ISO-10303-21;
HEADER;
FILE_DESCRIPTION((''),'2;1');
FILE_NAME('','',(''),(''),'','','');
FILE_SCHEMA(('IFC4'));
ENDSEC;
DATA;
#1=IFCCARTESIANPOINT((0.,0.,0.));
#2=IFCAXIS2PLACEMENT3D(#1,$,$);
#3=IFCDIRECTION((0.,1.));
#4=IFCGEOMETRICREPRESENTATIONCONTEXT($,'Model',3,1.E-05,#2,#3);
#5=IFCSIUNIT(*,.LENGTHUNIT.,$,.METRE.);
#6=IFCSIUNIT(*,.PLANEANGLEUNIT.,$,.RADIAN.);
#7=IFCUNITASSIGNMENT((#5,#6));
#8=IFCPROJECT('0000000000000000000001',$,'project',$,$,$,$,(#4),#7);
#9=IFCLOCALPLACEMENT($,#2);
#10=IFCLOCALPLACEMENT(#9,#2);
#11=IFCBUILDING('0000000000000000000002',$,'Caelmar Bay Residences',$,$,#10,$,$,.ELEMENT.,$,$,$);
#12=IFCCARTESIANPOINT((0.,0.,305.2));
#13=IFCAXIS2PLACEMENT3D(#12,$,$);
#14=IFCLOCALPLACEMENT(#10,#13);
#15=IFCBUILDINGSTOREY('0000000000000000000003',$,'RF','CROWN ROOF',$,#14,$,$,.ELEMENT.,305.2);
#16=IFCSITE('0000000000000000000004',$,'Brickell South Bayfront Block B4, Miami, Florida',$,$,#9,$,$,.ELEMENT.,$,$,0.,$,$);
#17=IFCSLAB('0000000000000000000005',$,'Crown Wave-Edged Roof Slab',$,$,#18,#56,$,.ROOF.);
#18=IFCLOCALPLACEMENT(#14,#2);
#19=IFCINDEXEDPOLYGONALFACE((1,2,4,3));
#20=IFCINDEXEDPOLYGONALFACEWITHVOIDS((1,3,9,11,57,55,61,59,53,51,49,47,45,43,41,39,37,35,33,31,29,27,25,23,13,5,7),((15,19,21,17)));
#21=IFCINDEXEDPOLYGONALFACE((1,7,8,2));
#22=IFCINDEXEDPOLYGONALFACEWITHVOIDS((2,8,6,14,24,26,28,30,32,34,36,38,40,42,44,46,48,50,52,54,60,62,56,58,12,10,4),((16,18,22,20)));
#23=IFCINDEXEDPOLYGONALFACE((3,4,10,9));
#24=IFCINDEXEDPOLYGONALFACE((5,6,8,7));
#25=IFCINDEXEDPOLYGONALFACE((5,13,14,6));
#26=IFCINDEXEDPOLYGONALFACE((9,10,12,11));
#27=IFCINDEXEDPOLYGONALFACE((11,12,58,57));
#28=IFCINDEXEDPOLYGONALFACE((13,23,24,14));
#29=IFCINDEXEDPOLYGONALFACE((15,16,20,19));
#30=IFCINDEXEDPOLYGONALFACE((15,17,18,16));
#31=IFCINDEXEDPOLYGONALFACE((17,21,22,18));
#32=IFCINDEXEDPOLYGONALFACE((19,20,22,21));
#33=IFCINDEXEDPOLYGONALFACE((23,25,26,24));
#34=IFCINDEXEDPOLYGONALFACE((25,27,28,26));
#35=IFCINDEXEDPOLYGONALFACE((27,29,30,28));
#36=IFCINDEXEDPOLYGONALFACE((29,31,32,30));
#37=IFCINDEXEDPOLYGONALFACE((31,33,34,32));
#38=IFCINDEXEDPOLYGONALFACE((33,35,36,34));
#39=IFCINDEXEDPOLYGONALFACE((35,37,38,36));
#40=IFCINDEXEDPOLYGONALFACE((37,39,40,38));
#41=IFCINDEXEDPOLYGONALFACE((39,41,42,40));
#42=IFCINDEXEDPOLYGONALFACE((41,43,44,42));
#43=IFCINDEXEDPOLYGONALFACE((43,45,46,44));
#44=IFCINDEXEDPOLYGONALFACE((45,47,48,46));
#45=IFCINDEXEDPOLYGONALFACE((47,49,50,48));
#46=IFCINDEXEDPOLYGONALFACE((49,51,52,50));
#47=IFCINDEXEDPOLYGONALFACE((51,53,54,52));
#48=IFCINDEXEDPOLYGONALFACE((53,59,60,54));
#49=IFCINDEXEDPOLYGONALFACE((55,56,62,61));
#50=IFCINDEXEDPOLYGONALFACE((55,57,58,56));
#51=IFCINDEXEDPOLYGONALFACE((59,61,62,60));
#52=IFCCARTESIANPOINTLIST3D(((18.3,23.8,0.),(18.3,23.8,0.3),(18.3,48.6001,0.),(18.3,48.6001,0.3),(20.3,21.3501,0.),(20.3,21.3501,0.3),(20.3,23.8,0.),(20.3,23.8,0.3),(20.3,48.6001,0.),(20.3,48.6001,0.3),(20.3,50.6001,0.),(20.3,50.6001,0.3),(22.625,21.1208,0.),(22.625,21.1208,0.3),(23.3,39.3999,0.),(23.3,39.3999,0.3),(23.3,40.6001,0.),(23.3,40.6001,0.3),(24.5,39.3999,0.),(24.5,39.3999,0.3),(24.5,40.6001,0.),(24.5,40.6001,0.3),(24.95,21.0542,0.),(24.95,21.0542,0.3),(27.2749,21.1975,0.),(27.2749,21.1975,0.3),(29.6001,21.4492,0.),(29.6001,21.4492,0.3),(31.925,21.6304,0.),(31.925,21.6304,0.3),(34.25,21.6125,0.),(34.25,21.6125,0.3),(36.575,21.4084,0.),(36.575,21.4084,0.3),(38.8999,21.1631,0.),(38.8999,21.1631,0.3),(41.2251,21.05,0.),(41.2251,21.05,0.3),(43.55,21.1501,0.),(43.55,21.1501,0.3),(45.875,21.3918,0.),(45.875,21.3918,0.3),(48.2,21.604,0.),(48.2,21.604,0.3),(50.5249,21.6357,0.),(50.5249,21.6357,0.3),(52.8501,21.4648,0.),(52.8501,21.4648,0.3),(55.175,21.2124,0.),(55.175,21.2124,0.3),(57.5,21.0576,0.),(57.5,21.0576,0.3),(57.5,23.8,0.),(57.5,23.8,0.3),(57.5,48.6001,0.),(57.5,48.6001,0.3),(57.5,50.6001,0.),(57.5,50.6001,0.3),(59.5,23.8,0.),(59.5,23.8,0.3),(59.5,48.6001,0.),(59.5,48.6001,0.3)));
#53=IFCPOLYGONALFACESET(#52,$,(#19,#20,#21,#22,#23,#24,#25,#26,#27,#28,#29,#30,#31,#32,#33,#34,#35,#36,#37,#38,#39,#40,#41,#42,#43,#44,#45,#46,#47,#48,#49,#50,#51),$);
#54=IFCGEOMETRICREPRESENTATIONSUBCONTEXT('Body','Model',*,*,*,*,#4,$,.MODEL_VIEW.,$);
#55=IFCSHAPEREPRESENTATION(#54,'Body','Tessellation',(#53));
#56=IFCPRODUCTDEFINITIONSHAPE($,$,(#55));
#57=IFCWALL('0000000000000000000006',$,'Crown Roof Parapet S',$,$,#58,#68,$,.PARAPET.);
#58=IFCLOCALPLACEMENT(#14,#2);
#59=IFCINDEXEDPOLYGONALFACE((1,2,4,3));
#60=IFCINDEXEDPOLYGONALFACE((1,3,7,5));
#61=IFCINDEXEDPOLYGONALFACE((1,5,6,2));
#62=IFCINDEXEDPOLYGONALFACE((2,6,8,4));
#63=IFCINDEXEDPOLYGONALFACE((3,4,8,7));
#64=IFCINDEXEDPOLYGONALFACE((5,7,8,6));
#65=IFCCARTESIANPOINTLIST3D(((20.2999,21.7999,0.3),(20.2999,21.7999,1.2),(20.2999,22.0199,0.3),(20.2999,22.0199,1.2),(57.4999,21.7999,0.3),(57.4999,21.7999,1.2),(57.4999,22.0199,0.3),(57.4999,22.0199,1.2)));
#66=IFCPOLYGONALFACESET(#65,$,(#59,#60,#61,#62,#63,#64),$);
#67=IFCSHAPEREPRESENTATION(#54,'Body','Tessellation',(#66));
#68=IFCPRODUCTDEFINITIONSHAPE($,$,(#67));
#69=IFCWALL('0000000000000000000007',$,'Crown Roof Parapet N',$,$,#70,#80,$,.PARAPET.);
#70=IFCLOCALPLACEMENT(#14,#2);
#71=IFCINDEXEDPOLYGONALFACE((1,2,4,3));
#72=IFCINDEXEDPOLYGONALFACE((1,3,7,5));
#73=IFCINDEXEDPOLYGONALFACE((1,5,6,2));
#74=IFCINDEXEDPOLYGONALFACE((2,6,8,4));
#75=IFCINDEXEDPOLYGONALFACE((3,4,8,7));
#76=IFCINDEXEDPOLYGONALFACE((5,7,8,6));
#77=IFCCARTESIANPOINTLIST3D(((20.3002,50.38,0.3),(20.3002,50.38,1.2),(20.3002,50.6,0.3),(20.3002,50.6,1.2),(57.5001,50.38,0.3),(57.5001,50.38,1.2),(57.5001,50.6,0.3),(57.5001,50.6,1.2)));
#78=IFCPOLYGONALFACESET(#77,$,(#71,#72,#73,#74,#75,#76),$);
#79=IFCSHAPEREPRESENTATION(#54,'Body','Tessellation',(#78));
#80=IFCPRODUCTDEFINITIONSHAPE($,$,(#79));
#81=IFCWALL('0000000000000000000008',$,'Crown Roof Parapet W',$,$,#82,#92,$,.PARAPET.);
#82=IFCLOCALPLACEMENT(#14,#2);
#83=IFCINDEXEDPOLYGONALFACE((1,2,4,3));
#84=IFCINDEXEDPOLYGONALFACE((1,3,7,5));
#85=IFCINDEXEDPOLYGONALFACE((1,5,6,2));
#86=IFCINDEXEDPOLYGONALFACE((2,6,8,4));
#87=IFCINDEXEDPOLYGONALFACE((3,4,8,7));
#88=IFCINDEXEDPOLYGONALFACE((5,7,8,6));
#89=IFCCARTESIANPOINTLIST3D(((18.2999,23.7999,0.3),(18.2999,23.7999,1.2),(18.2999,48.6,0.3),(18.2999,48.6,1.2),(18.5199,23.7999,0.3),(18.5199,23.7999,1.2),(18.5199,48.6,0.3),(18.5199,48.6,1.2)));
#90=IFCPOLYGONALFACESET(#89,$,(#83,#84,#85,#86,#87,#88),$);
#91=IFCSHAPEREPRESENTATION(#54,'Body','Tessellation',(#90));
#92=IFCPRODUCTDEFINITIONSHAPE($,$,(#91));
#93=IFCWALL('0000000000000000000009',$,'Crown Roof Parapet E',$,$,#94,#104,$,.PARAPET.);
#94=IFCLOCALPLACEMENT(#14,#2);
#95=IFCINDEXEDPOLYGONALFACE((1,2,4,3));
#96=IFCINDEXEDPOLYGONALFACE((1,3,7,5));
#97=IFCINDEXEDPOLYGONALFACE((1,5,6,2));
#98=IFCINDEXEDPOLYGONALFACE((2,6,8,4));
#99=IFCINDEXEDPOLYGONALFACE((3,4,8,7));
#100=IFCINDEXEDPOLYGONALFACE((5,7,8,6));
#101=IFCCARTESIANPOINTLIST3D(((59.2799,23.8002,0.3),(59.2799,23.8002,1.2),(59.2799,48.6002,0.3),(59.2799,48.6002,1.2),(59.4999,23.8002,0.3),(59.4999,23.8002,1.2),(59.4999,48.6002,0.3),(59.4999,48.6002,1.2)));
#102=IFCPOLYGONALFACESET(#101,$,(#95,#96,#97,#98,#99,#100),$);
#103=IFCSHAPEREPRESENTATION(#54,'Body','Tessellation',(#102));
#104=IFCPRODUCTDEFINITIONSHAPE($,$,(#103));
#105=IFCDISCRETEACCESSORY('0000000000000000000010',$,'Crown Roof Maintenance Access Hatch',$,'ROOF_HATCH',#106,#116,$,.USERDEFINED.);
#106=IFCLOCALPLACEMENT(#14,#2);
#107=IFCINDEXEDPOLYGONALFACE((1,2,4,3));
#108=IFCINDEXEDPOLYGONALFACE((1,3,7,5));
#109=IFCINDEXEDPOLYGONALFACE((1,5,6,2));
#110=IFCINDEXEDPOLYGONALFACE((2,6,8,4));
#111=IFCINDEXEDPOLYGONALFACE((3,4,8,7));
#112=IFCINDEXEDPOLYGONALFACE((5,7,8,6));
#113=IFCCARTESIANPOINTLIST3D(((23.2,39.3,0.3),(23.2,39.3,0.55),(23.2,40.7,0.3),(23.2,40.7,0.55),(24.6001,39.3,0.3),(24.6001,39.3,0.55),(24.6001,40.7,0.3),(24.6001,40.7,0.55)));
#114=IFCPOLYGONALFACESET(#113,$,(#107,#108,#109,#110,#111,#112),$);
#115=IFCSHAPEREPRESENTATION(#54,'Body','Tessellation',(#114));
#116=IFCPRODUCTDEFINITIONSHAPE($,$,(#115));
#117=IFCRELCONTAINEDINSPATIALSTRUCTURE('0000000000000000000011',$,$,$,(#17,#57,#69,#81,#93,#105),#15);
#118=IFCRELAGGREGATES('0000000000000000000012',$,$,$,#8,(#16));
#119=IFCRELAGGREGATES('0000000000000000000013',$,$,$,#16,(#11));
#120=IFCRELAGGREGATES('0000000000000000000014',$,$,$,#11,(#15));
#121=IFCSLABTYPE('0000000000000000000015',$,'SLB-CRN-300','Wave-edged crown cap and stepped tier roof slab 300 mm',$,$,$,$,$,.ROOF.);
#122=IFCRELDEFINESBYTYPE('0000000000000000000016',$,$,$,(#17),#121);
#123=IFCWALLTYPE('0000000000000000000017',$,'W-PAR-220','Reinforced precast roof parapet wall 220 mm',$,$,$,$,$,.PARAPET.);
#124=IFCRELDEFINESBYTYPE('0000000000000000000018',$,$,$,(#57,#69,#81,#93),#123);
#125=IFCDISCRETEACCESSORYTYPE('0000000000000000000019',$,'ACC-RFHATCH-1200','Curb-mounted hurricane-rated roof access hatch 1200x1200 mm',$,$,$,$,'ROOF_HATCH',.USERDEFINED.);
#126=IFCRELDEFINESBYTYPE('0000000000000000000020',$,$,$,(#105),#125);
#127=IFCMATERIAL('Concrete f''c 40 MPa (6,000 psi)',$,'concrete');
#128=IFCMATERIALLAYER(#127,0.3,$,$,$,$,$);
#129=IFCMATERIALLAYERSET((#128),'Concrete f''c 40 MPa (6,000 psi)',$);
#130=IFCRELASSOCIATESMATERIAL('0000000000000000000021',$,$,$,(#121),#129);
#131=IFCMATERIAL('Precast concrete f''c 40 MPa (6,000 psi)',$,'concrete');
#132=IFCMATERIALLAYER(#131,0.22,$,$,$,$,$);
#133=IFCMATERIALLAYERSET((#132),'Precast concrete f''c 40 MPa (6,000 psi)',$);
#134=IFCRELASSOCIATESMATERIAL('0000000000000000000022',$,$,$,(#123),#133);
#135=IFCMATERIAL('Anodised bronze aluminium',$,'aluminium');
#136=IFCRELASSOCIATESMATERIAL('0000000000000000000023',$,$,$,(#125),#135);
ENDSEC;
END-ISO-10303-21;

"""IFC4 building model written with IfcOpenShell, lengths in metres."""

from ifc_helpers import new_model, si_unit, direction, frame, frame_2d, origin, place, context, subcontext, project, spatial, polyline, rectangle, outline, extrude, material, layer, layer_set, type_object, element, save


model = new_model("IFC4")

# Units and contexts
model_context = context("Model", 3, precision=1e-05, world=origin(), true_north=direction((0.0, 1.0)))
body_context = subcontext(model_context, "Body", "Model", "MODEL_VIEW")
ifc_project = project(units=[si_unit("LENGTHUNIT", "METRE"), si_unit("PLANEANGLEUNIT", "RADIAN")], contexts=[model_context])

# Site, building, storey
site_placement = place(None, origin())
site = spatial("IfcSite", under=ifc_project, at=site_placement, Name="Brickell South Bayfront Block B4, Miami, Florida", CompositionType="ELEMENT", RefElevation=0.0)
building_placement = place(site_placement, origin())
building = spatial("IfcBuilding", under=site, at=building_placement, Name="Caelmar Bay Residences", CompositionType="ELEMENT")
storey_placement = place(building_placement, frame((0.0, 0.0, 305.2)))
storey = spatial("IfcBuildingStorey", under=building, at=storey_placement, Name="RF", Description="CROWN ROOF", CompositionType="ELEMENT", Elevation=305.2)

# Slab
ifc_material_1 = material(Name="Concrete f'c 40 MPa (6,000 psi)", Category="concrete")
ifc_layer_1 = layer(ifc_material_1, 0.3)
ifc_layer_set_1 = layer_set([ifc_layer_1], Name="Concrete f'c 40 MPa (6,000 psi)")
slab_type = type_object("IfcSlabType", Name="SLB-CRN-300", Description="Wave-edged crown cap and stepped tier roof slab 300 mm", PredefinedType="ROOF", material=ifc_layer_set_1)
slab_placement = place(storey_placement, origin())
element("IfcSlab", 1, at=slab_placement, inside=storey, type_object=slab_type, Name="Crown Wave-Edged Roof Slab", PredefinedType="ROOF", context=body_context, shape_type="SweptSolid", body=[
    extrude(outline(polyline([(20.3, 21.3501), (22.625, 21.1208), (24.95, 21.0542), (27.2749, 21.1975), (29.6001, 21.4492), (31.925, 21.6304), (34.25, 21.6125), (36.575, 21.4084), (38.8999, 21.1631), (41.2251, 21.05), (43.55, 21.1501), (45.875, 21.3918), (48.2, 21.604), (50.5249, 21.6357), (52.8501, 21.4648), (55.175, 21.2124), (57.5, 21.0576), (57.5, 23.8), (59.5, 23.8), (59.5, 48.6001), (57.5, 48.6001), (57.5, 50.6001), (20.3, 50.6001), (20.3, 48.6001), (18.3, 48.6001), (18.3, 23.8), (20.3, 23.8), (20.3, 21.3501)]), holes=[polyline([(23.3, 39.3999), (24.5, 39.3999), (24.5, 40.6001), (23.3, 40.6001), (23.3, 39.3999)])]), origin(), (0.0, 0.0, 1.0), 0.3),
])

# Walls
ifc_material_2 = material(Name="Precast concrete f'c 40 MPa (6,000 psi)", Category="concrete")
ifc_layer_2 = layer(ifc_material_2, 0.22)
ifc_layer_set_2 = layer_set([ifc_layer_2], Name="Precast concrete f'c 40 MPa (6,000 psi)")
wall_type = type_object("IfcWallType", Name="W-PAR-220", Description="Reinforced precast roof parapet wall 220 mm", PredefinedType="PARAPET", material=ifc_layer_set_2)
for number, where, z_axis, x_axis, name in (
    (2, (57.5, 21.9099, 0.3), (0.0, 0.0, 1.0), (-1.0, 0.0, 0.0), "Crown Roof Parapet S"),
    (3, (20.3, 50.49, 0.3), (0.0, 0.0, 1.0), (1.0, 0.0, 0.0), "Crown Roof Parapet N"),
):
    element("IfcWall", number, at=place(storey_placement, frame(where, z_axis=z_axis, x_axis=x_axis)), inside=storey, type_object=wall_type, Name=name, PredefinedType="PARAPET", context=body_context, shape_type="SweptSolid", body=[
        extrude(rectangle(XDim=37.2, YDim=0.22, at=frame_2d((18.6001, 0.0))), origin(), (0.0, 0.0, 1.0), 0.8999),
    ])
for number, where, z_axis, x_axis, name in (
    (4, (18.4099, 23.8, 0.3), (0.0, 0.0, 1.0), (0.0, 1.0, 0.0), "Crown Roof Parapet W"),
    (5, (59.3899, 48.6001, 0.3), (0.0, 0.0, 1.0), (0.0, -1.0, 0.0), "Crown Roof Parapet E"),
):
    element("IfcWall", number, at=place(storey_placement, frame(where, z_axis=z_axis, x_axis=x_axis)), inside=storey, type_object=wall_type, Name=name, PredefinedType="PARAPET", context=body_context, shape_type="SweptSolid", body=[
        extrude(rectangle(XDim=24.8, YDim=0.22, at=frame_2d((12.3999, 0.0))), origin(), (0.0, 0.0, 1.0), 0.8999),
    ])

# Discrete accessory
ifc_material_3 = material(Name="Anodised bronze aluminium", Category="aluminium")
discrete_accessory_type = type_object("IfcDiscreteAccessoryType", Name="ACC-RFHATCH-1200", Description="Curb-mounted hurricane-rated roof access hatch 1200x1200 mm", ElementType="ROOF_HATCH", PredefinedType="USERDEFINED", material=ifc_material_3)
discrete_accessory_placement = place(storey_placement, frame((0.0, 0.0, 0.3)))
element("IfcDiscreteAccessory", 6, at=discrete_accessory_placement, inside=storey, type_object=discrete_accessory_type, Name="Crown Roof Maintenance Access Hatch", ObjectType="ROOF_HATCH", PredefinedType="USERDEFINED", context=body_context, shape_type="SweptSolid", body=[
    extrude(outline(polyline([(23.2, 39.3), (24.6001, 39.3), (24.6001, 40.7), (23.2, 40.7), (23.2, 39.3)])), origin(), (0.0, 0.0, 1.0), 0.25),
])

save(model, "model.ifc")
